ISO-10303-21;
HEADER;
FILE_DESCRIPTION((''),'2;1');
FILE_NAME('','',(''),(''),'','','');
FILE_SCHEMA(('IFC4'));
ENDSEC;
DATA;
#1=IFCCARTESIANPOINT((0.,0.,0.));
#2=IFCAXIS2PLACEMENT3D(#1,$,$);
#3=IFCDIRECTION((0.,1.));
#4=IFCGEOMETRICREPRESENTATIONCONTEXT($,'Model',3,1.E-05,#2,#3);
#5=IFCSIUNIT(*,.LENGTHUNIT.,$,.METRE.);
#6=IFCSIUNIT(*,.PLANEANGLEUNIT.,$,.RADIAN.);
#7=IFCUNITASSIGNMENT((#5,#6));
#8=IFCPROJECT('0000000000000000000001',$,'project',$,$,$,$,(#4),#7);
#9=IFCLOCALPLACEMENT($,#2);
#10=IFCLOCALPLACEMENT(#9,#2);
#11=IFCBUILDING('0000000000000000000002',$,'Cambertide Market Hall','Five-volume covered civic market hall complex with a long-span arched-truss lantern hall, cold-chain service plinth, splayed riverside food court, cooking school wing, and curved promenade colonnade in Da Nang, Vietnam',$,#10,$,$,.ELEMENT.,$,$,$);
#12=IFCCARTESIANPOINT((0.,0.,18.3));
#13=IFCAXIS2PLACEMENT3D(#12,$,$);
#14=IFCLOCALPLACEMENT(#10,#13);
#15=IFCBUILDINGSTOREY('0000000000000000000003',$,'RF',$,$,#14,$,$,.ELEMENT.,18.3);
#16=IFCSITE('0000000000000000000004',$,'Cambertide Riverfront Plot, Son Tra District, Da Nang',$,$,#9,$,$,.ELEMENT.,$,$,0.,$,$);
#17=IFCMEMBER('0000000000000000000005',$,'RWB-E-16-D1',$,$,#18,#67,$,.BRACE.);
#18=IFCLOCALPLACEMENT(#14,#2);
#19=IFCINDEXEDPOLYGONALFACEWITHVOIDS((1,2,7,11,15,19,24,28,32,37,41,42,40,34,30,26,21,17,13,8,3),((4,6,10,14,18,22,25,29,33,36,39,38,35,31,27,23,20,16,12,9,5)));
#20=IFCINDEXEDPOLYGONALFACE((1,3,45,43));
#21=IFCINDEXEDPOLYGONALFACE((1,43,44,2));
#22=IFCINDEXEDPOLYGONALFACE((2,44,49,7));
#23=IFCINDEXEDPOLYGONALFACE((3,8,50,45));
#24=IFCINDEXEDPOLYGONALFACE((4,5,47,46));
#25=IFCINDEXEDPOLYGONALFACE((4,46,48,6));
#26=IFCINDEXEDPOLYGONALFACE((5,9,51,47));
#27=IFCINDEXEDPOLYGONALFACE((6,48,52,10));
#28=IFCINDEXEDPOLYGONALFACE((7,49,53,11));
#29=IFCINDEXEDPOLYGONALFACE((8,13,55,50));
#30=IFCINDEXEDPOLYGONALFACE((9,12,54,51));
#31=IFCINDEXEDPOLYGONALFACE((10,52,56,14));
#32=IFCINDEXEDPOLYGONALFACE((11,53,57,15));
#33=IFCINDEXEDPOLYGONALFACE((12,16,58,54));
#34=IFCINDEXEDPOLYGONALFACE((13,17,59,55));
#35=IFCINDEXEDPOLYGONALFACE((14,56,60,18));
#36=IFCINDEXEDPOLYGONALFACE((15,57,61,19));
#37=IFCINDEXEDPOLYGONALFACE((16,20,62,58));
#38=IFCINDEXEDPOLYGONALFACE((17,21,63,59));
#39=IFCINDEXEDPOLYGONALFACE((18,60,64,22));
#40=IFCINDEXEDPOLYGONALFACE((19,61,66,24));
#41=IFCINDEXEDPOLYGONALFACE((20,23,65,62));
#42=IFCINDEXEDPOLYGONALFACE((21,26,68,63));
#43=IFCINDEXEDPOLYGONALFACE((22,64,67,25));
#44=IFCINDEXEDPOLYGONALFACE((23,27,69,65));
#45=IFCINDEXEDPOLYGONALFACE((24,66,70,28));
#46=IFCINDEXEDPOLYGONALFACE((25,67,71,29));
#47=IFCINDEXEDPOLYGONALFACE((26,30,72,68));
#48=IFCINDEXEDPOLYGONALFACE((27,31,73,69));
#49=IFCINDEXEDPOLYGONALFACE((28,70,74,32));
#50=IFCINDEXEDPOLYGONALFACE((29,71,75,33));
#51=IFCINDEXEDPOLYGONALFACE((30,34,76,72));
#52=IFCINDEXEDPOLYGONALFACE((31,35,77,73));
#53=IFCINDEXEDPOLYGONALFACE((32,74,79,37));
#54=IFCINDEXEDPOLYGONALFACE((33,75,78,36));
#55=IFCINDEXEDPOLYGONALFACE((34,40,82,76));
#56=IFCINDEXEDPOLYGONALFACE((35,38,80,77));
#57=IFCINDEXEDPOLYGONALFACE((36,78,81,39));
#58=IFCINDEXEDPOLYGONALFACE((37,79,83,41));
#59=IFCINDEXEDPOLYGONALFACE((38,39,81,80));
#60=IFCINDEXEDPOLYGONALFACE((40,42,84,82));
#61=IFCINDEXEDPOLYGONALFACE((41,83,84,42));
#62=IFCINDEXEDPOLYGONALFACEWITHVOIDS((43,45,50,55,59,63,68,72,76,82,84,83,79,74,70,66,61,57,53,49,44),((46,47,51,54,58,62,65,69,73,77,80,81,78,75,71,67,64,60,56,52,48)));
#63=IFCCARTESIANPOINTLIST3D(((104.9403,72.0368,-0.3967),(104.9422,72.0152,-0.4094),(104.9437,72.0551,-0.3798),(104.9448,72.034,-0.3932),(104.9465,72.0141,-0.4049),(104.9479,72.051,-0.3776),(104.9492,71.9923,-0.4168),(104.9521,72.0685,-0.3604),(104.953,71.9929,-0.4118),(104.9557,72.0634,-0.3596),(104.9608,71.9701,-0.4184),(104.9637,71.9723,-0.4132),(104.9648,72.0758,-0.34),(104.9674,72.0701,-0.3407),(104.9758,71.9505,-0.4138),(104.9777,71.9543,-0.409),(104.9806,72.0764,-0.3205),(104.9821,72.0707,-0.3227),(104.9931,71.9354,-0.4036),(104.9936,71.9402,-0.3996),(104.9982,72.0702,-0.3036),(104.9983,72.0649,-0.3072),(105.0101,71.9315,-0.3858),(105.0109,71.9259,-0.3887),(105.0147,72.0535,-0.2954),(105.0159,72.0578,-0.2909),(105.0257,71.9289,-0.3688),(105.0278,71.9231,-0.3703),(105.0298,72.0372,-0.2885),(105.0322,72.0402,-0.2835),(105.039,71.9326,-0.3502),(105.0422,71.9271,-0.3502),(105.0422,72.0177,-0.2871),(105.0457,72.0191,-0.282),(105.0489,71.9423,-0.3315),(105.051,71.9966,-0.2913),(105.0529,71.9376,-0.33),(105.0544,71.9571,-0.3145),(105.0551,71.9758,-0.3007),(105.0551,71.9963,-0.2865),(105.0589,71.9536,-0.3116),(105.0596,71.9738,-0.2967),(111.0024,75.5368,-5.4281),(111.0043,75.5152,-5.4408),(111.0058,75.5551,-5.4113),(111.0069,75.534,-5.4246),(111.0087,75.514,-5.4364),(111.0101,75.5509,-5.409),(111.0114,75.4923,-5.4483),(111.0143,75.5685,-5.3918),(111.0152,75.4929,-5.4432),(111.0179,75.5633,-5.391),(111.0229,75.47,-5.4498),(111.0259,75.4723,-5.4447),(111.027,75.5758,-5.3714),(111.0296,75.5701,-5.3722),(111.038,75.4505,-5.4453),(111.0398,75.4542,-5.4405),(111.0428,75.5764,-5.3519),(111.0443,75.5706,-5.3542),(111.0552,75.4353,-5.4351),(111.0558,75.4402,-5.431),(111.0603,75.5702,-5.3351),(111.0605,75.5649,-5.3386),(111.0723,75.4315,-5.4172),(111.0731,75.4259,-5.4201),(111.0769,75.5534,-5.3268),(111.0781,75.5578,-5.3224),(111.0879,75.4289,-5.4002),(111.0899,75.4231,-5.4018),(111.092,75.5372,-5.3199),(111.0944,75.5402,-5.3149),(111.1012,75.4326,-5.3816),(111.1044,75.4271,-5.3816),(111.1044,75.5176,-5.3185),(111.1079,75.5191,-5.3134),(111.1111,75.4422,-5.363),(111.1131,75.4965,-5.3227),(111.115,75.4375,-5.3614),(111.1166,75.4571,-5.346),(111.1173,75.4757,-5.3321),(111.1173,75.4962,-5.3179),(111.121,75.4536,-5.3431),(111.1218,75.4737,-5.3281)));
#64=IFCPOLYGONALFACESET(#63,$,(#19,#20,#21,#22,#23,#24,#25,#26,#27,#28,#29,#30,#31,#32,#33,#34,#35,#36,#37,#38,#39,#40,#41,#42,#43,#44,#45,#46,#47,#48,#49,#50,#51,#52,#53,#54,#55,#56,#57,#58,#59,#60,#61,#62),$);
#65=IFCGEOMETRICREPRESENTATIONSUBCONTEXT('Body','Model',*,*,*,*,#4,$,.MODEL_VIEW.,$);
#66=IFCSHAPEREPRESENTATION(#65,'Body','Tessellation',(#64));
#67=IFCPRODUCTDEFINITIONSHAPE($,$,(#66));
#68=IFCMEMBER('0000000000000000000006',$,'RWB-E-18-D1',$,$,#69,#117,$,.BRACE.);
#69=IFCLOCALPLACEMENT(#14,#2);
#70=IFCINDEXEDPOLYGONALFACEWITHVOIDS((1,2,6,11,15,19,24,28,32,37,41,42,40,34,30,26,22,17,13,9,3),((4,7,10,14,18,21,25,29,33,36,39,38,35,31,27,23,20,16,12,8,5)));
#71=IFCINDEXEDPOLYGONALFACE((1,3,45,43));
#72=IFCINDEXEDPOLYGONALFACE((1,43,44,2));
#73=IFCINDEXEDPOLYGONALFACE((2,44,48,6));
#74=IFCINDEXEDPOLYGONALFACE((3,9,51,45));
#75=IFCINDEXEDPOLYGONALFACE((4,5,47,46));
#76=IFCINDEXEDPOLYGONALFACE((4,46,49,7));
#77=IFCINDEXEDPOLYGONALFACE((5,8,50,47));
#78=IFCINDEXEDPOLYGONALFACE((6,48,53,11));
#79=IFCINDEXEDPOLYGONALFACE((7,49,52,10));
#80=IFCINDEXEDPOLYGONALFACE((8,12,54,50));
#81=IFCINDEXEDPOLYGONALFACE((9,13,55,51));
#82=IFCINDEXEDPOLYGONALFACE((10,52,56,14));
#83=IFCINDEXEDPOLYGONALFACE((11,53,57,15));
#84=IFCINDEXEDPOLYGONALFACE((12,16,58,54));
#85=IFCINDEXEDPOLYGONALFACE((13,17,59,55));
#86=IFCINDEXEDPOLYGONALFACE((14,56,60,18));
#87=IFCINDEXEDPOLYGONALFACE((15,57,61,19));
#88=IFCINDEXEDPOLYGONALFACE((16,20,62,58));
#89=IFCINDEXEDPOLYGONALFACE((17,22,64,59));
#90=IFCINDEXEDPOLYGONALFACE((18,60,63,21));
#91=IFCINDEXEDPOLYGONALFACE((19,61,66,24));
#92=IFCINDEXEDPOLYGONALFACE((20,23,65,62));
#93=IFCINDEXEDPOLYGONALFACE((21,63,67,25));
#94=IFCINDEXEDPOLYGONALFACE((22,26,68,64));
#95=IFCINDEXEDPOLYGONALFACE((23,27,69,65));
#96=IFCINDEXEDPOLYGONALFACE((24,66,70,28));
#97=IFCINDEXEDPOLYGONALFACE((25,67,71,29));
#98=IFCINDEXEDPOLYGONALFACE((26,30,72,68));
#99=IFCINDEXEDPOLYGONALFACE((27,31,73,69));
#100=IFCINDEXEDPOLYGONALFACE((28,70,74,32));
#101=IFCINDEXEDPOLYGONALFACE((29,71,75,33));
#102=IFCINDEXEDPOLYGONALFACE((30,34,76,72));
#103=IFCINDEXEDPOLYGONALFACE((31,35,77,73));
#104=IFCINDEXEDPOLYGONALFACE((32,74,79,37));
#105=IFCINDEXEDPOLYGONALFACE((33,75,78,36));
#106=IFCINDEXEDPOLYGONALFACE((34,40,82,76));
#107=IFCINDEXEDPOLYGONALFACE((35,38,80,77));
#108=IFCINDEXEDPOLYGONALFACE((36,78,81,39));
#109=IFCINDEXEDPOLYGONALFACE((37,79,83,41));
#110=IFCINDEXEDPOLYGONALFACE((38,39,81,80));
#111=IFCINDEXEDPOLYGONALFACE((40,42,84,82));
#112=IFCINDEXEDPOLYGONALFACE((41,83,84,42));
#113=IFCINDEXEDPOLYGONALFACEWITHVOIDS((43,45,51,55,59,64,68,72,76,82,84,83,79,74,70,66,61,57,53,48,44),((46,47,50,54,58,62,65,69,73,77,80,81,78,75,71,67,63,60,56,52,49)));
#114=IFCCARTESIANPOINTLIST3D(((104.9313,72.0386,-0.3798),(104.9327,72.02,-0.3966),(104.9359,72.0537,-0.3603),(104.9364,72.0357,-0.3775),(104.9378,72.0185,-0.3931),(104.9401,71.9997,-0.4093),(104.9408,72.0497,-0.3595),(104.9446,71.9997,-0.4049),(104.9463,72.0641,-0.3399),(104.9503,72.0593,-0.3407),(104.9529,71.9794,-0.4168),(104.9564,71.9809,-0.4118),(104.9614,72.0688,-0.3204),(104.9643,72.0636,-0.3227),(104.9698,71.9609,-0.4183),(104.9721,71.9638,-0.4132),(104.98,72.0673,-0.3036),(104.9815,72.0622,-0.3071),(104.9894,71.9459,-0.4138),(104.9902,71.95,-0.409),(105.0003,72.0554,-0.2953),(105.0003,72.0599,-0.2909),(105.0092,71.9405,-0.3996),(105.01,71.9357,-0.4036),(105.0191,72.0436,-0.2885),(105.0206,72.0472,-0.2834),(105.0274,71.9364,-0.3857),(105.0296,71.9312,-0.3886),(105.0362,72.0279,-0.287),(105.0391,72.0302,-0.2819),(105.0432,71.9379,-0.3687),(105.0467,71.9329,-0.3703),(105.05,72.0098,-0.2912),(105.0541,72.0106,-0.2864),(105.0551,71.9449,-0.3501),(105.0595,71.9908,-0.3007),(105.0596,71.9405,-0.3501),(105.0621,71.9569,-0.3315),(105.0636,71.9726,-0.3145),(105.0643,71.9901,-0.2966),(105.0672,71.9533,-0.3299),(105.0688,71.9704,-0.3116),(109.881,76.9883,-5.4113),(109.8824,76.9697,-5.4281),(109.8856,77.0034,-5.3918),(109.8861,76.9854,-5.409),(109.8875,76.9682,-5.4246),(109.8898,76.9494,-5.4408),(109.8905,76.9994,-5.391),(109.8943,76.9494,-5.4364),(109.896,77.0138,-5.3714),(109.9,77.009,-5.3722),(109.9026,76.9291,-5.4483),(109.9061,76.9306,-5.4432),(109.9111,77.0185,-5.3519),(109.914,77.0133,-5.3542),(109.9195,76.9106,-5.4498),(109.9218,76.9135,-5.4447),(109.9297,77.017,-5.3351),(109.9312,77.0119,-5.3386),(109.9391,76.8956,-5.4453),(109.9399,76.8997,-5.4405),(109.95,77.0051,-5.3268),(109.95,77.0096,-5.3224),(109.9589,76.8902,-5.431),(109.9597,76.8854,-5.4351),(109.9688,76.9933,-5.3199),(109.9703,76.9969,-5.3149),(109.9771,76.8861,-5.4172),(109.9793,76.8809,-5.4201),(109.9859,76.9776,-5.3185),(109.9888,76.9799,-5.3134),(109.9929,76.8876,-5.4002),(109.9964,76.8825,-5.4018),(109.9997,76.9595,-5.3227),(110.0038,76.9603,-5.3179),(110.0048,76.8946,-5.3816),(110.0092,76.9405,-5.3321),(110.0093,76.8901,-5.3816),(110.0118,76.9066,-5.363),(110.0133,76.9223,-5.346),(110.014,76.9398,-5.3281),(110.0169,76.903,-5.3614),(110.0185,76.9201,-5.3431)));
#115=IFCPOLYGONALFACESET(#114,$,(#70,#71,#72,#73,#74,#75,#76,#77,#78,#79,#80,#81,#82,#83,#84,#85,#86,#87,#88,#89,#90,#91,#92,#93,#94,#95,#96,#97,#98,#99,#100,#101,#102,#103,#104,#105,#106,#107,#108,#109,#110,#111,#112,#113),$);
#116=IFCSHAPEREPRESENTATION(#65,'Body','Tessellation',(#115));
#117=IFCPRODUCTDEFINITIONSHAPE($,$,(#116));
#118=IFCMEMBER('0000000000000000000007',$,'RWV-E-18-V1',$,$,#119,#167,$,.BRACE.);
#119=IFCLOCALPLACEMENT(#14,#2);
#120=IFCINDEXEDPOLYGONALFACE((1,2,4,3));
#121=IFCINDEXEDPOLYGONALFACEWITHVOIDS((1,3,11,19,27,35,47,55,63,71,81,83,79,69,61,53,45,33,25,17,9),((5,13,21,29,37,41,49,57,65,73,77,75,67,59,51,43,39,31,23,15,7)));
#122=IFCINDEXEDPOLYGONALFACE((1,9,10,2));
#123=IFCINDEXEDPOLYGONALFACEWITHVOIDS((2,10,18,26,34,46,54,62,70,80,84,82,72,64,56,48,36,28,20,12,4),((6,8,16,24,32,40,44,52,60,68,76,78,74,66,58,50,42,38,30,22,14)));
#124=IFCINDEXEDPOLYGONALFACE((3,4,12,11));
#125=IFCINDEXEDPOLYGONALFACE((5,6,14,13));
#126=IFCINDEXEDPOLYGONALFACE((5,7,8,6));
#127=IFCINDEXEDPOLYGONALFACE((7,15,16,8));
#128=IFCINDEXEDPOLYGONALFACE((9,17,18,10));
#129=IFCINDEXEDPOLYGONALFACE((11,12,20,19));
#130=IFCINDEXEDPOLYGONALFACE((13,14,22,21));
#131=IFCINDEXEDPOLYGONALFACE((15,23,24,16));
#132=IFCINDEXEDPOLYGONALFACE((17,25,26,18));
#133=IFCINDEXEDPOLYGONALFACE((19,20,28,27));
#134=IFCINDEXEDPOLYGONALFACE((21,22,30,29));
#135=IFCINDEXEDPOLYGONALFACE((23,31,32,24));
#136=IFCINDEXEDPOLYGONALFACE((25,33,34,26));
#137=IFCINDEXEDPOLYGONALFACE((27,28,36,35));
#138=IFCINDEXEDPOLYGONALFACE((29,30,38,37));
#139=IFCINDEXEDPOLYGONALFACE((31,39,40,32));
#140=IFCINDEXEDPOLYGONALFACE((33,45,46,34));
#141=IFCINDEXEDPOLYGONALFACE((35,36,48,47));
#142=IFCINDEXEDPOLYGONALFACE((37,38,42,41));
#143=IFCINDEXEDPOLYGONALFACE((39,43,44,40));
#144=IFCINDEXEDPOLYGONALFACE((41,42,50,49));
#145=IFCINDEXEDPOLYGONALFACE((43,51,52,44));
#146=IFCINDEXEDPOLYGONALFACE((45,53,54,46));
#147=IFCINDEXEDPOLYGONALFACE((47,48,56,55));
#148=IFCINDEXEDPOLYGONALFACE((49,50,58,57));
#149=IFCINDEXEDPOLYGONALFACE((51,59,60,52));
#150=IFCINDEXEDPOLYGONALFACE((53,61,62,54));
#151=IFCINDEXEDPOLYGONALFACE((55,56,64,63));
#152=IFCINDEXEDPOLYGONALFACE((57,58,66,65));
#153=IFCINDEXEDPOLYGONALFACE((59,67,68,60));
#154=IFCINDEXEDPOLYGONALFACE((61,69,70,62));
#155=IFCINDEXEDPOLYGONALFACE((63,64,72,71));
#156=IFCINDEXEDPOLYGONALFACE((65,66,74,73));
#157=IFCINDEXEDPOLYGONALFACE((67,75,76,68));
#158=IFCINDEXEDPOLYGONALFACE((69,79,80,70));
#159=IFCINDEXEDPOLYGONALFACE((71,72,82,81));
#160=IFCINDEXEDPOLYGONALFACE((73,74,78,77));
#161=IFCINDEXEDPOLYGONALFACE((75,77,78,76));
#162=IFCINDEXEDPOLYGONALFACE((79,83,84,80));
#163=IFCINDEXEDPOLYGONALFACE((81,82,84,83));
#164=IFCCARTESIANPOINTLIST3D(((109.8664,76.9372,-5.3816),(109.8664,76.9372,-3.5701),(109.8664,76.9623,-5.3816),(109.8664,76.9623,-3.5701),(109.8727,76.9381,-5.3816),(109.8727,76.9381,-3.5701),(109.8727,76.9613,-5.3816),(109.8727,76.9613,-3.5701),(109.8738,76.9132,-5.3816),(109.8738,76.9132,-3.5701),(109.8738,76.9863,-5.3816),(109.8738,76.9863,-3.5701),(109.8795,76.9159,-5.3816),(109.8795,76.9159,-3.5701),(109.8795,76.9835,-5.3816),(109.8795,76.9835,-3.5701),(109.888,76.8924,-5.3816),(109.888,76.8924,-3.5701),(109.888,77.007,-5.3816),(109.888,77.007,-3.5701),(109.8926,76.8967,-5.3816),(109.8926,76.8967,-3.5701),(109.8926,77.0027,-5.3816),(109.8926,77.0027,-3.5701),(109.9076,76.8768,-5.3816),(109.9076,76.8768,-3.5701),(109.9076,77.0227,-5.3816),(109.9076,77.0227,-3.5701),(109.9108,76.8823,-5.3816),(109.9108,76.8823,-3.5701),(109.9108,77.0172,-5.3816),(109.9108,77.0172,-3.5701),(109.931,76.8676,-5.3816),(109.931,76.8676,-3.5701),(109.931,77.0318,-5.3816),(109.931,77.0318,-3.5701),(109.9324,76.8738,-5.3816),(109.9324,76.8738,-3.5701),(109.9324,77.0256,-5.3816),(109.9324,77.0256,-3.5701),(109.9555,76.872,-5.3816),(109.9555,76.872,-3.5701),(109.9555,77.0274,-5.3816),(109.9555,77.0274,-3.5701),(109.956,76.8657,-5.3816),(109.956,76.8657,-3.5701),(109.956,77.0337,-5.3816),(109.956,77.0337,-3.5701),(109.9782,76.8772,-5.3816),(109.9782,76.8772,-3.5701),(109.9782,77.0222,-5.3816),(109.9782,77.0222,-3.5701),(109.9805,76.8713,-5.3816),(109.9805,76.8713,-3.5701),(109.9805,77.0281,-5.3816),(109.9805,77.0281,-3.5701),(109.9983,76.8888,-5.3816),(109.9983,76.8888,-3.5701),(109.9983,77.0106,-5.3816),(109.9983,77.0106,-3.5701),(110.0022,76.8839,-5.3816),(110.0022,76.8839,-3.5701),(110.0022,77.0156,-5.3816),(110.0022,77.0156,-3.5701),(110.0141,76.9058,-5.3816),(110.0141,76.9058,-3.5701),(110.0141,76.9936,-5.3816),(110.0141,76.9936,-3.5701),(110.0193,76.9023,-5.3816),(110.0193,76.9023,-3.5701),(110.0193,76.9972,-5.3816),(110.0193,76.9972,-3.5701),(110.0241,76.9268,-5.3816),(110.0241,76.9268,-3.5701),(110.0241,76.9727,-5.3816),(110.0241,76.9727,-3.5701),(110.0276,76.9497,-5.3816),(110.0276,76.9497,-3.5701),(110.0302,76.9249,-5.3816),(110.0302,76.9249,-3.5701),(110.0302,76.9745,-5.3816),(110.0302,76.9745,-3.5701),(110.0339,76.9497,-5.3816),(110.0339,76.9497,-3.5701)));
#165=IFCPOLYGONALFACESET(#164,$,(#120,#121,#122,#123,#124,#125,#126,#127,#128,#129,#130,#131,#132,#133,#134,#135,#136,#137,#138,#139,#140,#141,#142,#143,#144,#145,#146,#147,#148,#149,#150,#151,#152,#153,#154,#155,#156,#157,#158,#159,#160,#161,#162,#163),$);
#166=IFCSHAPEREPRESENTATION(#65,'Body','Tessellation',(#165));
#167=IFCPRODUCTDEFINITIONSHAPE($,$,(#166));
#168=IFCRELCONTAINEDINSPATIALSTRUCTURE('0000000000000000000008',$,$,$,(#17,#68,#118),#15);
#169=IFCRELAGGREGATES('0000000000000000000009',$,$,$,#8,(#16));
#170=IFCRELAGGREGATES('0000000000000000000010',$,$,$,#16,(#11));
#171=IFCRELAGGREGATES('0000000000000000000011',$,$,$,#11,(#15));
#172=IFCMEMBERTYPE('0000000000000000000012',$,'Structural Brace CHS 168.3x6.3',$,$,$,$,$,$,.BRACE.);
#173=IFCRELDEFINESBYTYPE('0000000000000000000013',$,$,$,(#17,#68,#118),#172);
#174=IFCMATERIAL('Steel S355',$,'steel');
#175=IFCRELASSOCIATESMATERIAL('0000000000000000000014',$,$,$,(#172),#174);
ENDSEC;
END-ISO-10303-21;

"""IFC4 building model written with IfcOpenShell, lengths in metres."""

from ifc_helpers import new_model, si_unit, direction, frame, origin, origin_2d, place, context, subcontext, project, spatial, hollow_circle, extrude, material, material_profile, profile_set, type_object, element, save


model = new_model("IFC4")

# Units and contexts
model_context = context("Model", 3, precision=1e-05, world=origin(), true_north=direction((0.0, 1.0)))
body_context = subcontext(model_context, "Body", "Model", "MODEL_VIEW")
ifc_project = project(units=[si_unit("LENGTHUNIT", "METRE"), si_unit("PLANEANGLEUNIT", "RADIAN")], contexts=[model_context])

# Site, building, storey
site_placement = place(None, origin())
site = spatial("IfcSite", under=ifc_project, at=site_placement, Name="Cambertide Riverfront Plot, Son Tra District, Da Nang", CompositionType="ELEMENT", RefElevation=0.0)
building_placement = place(site_placement, origin())
building = spatial("IfcBuilding", under=site, at=building_placement, Name="Cambertide Market Hall", Description="Five-volume covered civic market hall complex with a long-span arched-truss lantern hall, cold-chain service plinth, splayed riverside food court, cooking school wing, and curved promenade colonnade in Da Nang, Vietnam", CompositionType="ELEMENT")
storey_placement = place(building_placement, frame((0.0, 0.0, 18.3)))
storey = spatial("IfcBuildingStorey", under=building, at=storey_placement, Name="RF", CompositionType="ELEMENT", Elevation=18.3)

# Members
ifc_material_1 = material(Name="Steel S355", Category="steel")
ifc_material_profile_1 = material_profile(ifc_material_1, hollow_circle(Radius=0.0842, WallThickness=0.0063, at=origin_2d()), Name="CHS 168.3x6.3")
ifc_profile_set_1 = profile_set([ifc_material_profile_1], Name="Steel S355")
member_type_1 = type_object("IfcMemberType", Name="Structural Brace CHS 168.3x6.3", PredefinedType="BRACE", material=ifc_profile_set_1)
for number, where, z_axis, x_axis, name in (
    (1, (111.0623, 75.5, -5.3816), (-0.703219, -0.405998, 0.583651), (0.499995, -0.866028, 0.0), "RWB-E-16-D1"),
    (2, (109.9497, 76.9497, -5.3816), (-0.57417, -0.57417, 0.583658), (0.707107, -0.707107, 0.0), "RWB-E-18-D1"),
):
    element("IfcMember", number, at=place(storey_placement, frame(where, z_axis=z_axis, x_axis=x_axis)), inside=storey, type_object=member_type_1, Name=name, PredefinedType="BRACE", context=body_context, shape_type="SweptSolid", body=[
        extrude(hollow_circle(Radius=0.0842, WallThickness=0.0063, at=origin_2d()), origin(), (0.0, 0.0, 1.0), 8.6206),
    ])
member_1_placement = place(storey_placement, frame((109.9497, 76.9497, -5.3816), z_axis=(0.0, 0.0, 1.0), x_axis=(1.0, 0.0, 0.0)))
element("IfcMember", 3, at=member_1_placement, inside=storey, type_object=member_type_1, Name="RWV-E-18-V1", PredefinedType="BRACE", context=body_context, shape_type="SweptSolid", body=[
    extrude(hollow_circle(Radius=0.0842, WallThickness=0.0063, at=origin_2d()), origin(), (0.0, 0.0, 1.0), 1.8115),
])

save(model, "model.ifc")
